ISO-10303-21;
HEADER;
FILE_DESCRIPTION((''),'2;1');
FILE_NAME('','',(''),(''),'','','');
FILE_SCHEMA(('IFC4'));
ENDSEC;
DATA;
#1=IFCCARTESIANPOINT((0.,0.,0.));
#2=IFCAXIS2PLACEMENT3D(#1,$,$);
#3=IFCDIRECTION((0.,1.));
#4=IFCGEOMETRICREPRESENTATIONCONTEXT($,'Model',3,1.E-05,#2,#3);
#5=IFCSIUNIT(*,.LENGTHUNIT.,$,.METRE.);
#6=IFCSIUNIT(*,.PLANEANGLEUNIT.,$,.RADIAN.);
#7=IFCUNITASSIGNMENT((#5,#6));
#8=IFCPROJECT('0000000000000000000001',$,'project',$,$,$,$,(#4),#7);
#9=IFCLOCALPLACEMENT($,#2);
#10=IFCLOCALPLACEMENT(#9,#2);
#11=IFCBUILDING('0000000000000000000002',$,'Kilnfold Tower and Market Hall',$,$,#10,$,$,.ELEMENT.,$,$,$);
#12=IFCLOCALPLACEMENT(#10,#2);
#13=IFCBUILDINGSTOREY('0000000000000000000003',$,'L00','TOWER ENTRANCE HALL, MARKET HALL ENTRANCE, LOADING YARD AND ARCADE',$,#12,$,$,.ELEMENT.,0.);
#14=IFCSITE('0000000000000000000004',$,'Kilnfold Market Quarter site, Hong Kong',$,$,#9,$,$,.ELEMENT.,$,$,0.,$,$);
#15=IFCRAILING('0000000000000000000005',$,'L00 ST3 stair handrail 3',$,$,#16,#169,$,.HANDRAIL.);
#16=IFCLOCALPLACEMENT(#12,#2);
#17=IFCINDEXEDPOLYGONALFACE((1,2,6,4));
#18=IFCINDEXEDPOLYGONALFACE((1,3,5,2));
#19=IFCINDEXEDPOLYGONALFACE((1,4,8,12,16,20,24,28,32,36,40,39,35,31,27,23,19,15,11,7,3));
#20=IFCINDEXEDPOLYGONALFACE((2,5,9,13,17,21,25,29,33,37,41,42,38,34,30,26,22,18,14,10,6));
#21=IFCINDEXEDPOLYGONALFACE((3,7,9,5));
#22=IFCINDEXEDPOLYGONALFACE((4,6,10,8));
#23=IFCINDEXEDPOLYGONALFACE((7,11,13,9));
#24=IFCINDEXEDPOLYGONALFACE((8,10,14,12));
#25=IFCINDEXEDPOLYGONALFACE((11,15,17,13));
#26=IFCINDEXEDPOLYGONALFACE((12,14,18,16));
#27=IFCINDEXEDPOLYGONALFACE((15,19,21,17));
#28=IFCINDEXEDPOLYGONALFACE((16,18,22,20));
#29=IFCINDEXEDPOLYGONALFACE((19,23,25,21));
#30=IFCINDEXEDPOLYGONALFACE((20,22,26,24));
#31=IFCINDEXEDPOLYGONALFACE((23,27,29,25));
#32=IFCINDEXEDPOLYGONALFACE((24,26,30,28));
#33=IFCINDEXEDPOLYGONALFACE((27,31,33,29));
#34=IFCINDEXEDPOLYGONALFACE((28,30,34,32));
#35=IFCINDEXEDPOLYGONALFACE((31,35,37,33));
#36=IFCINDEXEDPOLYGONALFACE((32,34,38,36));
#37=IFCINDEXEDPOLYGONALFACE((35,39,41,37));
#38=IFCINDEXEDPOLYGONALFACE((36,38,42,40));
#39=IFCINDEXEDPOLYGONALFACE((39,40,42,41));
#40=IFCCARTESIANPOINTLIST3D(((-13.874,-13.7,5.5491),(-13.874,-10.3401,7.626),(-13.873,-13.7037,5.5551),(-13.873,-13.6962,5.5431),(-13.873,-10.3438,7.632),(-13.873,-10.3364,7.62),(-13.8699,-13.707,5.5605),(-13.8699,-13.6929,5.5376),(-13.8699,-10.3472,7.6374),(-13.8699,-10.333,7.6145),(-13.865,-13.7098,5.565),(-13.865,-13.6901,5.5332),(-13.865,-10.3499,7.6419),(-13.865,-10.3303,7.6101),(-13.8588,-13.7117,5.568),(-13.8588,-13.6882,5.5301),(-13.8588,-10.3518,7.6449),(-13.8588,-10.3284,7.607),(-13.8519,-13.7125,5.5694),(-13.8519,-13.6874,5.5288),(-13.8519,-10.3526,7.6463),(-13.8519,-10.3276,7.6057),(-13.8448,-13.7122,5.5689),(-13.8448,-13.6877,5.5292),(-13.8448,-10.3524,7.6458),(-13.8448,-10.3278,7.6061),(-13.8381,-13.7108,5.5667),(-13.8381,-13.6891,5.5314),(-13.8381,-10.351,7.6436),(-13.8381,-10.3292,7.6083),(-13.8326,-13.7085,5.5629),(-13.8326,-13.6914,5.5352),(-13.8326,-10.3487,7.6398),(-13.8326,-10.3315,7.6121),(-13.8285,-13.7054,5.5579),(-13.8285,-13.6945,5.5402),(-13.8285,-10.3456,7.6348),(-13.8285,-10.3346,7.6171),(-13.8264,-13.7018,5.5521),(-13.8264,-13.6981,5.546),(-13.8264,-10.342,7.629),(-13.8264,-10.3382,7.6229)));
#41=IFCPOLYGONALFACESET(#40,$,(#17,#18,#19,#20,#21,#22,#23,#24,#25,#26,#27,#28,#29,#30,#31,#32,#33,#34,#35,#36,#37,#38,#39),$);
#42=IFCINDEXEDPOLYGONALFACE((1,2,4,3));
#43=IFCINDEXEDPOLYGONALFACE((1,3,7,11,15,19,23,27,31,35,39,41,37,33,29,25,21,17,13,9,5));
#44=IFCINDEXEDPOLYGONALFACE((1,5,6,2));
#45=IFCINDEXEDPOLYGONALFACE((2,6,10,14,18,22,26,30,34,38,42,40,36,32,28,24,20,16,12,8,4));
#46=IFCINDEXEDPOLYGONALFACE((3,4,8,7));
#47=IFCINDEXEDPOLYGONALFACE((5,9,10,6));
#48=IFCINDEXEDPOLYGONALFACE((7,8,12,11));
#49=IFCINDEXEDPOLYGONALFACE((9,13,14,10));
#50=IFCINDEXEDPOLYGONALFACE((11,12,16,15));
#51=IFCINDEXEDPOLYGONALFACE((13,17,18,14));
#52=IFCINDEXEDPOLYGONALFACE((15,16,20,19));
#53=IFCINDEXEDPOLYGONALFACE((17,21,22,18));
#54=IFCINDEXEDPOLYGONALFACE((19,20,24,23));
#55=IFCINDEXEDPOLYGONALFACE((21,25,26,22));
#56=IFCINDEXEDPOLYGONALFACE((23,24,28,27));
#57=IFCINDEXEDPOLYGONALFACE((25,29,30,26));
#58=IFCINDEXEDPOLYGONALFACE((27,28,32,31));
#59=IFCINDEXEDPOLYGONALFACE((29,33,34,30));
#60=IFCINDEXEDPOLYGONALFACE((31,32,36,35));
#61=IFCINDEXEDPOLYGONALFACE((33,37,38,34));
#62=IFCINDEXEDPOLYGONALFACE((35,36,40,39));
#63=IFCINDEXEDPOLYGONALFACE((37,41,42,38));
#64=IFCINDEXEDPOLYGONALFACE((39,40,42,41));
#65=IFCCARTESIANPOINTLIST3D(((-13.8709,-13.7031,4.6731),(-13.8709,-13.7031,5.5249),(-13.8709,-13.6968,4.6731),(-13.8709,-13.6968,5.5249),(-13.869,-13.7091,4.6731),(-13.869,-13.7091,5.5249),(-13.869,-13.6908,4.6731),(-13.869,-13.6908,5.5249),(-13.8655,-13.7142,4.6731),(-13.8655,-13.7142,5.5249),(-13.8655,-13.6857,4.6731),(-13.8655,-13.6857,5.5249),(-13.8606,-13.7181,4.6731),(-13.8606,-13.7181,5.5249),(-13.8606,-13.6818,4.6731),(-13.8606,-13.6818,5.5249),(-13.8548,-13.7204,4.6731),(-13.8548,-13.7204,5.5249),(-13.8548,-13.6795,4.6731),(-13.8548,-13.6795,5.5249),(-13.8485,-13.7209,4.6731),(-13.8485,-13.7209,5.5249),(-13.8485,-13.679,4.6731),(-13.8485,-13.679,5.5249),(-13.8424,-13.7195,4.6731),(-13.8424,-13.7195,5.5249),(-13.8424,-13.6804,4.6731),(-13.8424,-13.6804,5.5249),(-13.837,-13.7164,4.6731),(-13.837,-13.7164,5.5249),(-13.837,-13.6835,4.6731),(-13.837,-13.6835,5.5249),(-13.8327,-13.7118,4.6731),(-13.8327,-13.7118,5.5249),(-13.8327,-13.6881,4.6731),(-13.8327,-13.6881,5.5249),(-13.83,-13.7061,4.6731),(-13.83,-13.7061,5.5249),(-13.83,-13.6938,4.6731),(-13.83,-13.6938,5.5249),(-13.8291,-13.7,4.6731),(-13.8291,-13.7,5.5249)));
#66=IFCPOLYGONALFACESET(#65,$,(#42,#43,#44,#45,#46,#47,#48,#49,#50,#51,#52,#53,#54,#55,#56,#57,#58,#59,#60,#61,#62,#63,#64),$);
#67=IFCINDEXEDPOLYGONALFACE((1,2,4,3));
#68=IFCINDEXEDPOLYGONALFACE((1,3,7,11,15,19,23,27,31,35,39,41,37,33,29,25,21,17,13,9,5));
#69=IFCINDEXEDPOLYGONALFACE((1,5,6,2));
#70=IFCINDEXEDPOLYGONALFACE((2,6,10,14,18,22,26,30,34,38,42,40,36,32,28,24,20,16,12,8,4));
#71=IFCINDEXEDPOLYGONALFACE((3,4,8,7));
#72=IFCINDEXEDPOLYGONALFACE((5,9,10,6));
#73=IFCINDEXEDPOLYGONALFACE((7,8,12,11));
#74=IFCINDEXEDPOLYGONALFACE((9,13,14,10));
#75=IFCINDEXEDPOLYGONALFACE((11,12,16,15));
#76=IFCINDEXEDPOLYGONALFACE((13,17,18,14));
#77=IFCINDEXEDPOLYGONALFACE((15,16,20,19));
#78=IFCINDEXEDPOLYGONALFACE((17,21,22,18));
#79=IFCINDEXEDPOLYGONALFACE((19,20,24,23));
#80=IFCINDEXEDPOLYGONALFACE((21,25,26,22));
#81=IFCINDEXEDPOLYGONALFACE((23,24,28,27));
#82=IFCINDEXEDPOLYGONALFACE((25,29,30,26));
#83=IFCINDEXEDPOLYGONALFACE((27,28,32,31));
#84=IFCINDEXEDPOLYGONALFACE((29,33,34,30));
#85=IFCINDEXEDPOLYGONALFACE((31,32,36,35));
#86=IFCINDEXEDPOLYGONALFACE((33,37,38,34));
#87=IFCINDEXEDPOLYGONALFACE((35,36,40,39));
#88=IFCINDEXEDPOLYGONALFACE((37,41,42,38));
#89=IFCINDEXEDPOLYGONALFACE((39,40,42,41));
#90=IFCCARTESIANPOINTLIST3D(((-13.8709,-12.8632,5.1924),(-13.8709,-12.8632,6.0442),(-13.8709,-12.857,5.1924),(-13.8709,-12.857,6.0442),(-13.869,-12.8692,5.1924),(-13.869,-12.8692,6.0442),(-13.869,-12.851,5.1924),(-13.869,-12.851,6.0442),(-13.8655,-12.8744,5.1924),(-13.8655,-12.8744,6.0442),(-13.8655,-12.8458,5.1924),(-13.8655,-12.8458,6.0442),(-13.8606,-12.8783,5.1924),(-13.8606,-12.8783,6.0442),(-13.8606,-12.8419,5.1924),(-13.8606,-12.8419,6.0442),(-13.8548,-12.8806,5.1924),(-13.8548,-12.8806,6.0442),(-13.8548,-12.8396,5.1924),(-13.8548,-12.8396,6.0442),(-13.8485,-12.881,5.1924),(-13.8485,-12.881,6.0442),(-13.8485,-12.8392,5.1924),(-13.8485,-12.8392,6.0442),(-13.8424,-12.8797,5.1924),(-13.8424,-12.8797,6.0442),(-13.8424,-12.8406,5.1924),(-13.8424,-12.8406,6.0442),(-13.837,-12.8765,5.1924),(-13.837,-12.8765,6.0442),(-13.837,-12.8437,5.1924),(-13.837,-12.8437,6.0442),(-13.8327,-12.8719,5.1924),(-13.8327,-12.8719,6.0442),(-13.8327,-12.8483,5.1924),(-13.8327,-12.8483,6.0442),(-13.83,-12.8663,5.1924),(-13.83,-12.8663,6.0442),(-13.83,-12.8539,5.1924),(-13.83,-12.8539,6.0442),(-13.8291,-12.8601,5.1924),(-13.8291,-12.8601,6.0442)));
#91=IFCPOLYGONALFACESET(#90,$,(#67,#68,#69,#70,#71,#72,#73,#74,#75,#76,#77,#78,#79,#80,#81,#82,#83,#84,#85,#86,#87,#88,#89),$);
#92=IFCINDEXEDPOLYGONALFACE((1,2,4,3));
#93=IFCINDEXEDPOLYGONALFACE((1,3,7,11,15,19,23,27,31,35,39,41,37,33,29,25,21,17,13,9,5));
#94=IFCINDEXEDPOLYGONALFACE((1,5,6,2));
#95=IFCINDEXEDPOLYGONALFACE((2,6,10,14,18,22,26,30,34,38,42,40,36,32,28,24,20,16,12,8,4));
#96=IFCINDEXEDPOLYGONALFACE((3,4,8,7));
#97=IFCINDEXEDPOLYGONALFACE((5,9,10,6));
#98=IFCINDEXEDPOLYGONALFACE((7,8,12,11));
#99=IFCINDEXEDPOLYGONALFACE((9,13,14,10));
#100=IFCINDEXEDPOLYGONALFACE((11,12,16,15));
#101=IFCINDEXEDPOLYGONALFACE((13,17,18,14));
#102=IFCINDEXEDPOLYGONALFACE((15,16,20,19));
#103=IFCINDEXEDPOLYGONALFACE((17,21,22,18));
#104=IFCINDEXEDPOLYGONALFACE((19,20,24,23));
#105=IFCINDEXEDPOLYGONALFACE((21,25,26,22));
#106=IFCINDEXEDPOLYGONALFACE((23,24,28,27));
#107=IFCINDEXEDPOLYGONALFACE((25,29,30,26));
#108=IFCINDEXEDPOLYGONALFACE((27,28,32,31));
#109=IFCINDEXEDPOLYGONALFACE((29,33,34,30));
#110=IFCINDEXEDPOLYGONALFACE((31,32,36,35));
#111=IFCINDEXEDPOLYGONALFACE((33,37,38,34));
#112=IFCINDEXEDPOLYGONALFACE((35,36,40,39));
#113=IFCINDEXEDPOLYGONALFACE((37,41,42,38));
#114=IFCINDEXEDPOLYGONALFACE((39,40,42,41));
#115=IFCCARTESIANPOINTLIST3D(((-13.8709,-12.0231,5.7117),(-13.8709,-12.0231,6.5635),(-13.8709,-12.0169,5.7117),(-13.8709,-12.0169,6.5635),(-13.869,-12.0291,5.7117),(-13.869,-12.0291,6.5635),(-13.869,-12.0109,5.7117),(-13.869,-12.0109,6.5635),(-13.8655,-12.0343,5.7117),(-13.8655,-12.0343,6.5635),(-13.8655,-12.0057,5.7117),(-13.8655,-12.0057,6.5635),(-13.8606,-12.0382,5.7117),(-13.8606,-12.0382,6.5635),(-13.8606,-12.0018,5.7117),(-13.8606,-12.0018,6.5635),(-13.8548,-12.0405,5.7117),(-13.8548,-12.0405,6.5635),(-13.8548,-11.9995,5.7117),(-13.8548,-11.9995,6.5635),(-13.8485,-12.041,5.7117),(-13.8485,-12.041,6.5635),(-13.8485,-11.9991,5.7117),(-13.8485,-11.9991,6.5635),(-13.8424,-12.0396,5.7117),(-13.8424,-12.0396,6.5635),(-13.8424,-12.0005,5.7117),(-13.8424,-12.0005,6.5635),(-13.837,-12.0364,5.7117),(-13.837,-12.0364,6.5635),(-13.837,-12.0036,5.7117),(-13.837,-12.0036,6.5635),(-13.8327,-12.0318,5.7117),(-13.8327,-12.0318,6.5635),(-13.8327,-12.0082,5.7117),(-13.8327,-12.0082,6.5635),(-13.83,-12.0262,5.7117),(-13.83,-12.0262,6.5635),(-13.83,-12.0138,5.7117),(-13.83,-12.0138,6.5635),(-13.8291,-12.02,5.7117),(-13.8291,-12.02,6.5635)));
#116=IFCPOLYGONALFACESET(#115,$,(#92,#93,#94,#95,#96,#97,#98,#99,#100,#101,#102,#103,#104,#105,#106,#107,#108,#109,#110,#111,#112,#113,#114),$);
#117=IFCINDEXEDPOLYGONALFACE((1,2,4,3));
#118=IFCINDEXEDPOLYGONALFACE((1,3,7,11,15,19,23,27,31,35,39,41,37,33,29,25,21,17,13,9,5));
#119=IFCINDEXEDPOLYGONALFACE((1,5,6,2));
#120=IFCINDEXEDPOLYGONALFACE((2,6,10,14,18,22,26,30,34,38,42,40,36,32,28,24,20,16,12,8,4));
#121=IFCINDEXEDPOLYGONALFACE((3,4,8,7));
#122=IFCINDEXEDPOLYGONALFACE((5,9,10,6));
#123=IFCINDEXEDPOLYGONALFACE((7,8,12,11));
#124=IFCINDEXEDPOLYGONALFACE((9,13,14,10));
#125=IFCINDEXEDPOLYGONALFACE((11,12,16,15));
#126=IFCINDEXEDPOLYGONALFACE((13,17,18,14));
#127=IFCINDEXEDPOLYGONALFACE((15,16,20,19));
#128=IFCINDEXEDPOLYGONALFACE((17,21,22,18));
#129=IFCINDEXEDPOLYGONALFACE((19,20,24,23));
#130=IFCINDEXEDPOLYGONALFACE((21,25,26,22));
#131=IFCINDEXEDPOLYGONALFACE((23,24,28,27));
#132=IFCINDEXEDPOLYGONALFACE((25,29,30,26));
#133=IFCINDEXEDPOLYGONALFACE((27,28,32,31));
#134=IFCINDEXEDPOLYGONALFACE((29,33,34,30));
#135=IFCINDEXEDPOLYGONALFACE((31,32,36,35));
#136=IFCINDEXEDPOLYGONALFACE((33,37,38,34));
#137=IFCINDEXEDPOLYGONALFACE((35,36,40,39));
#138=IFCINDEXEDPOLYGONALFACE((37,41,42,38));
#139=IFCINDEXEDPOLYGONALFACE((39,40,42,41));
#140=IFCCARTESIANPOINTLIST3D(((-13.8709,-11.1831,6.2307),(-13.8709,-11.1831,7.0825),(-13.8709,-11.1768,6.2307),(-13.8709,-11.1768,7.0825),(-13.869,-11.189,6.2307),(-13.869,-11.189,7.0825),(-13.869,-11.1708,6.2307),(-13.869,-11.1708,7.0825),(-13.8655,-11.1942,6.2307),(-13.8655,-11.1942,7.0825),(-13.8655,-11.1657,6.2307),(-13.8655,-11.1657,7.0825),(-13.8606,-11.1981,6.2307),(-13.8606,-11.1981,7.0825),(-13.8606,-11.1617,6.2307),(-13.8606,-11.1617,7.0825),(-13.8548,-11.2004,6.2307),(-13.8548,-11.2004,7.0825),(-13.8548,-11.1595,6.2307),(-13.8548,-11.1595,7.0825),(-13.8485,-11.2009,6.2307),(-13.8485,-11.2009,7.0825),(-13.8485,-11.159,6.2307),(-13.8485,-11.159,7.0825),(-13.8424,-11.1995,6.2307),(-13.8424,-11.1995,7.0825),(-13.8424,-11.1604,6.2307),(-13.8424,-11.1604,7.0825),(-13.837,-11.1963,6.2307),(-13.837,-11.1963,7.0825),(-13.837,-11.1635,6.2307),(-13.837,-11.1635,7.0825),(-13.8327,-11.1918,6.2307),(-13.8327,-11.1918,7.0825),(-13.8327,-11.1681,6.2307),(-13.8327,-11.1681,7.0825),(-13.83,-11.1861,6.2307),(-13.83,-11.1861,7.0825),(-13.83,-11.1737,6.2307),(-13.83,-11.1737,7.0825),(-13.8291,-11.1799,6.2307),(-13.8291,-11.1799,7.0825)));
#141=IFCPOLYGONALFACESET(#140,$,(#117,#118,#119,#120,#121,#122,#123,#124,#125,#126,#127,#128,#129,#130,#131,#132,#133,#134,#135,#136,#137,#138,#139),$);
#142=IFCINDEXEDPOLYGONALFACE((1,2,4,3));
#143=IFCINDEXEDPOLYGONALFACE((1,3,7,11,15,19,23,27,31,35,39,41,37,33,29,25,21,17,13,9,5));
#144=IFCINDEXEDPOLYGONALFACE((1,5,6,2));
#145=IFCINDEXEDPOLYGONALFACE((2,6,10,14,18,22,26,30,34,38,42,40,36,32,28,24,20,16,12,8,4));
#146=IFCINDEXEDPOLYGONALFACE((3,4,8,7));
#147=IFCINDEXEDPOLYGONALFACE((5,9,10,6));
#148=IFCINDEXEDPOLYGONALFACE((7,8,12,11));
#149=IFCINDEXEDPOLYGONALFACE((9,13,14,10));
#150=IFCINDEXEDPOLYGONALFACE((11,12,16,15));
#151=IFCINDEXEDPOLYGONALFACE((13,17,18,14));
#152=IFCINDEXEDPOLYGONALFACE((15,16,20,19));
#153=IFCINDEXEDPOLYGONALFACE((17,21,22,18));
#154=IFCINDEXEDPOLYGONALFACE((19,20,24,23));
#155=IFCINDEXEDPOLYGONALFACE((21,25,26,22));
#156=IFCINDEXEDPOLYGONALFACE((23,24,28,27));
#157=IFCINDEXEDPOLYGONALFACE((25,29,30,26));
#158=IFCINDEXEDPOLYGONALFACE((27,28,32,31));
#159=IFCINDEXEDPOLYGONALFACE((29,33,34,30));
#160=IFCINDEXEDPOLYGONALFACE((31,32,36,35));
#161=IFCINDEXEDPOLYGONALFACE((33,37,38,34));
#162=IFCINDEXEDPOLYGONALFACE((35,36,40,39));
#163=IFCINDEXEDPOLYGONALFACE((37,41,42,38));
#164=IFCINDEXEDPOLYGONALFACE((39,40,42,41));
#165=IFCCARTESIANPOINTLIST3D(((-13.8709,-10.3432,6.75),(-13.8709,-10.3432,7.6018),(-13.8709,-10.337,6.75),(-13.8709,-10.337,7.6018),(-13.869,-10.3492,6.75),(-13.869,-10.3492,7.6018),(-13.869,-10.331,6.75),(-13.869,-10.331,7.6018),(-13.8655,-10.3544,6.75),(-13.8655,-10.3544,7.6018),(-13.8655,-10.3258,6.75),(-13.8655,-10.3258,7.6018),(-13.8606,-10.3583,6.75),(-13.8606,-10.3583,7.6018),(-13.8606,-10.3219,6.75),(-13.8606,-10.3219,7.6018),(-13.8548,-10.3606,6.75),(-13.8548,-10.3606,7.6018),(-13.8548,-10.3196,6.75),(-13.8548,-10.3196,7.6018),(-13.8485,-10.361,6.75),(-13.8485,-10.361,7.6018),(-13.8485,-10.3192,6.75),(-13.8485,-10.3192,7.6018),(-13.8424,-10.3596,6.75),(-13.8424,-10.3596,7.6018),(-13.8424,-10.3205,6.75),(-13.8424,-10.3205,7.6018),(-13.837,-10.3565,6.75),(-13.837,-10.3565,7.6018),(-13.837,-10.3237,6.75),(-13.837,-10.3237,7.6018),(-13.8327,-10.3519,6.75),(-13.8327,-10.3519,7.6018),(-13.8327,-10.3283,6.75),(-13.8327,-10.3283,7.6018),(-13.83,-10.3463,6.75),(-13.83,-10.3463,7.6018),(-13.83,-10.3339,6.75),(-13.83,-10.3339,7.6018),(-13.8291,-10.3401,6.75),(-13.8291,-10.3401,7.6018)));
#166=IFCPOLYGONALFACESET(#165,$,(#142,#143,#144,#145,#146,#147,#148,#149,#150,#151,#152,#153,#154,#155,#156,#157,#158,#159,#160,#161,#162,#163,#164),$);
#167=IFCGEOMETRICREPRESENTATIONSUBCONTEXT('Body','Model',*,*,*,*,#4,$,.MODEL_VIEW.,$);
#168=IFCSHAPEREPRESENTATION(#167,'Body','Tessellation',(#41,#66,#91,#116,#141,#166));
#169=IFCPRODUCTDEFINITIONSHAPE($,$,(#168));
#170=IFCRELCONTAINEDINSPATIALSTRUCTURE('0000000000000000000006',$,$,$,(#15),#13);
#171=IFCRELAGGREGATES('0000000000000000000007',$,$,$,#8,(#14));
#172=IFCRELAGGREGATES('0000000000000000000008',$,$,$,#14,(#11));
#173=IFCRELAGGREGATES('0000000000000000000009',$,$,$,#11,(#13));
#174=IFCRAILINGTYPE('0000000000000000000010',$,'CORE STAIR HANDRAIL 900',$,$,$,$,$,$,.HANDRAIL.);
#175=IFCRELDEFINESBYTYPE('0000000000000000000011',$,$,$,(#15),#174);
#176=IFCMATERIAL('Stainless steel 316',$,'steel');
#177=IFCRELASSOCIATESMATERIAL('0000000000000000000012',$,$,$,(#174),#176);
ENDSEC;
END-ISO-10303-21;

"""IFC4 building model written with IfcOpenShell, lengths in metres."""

from ifc_helpers import new_model, si_unit, direction, frame, origin, origin_2d, place, context, subcontext, project, spatial, circle, extrude, material, type_object, element, save


model = new_model("IFC4")

# Units and contexts
model_context = context("Model", 3, precision=1e-05, world=origin(), true_north=direction((0.0, 1.0)))
body_context = subcontext(model_context, "Body", "Model", "MODEL_VIEW")
ifc_project = project(units=[si_unit("LENGTHUNIT", "METRE"), si_unit("PLANEANGLEUNIT", "RADIAN")], contexts=[model_context])

# Site, building, storey
site_placement = place(None, origin())
site = spatial("IfcSite", under=ifc_project, at=site_placement, Name="Kilnfold Market Quarter site, Hong Kong", CompositionType="ELEMENT", RefElevation=0.0)
building_placement = place(site_placement, origin())
building = spatial("IfcBuilding", under=site, at=building_placement, Name="Kilnfold Tower and Market Hall", CompositionType="ELEMENT")
storey_placement = place(building_placement, origin())
storey = spatial("IfcBuildingStorey", under=building, at=storey_placement, Name="L00", Description="TOWER ENTRANCE HALL, MARKET HALL ENTRANCE, LOADING YARD AND ARCADE", CompositionType="ELEMENT", Elevation=0.0)

# Railing
ifc_material_1 = material(Name="Stainless steel 316", Category="steel")
railing_type = type_object("IfcRailingType", Name="CORE STAIR HANDRAIL 900", PredefinedType="HANDRAIL", material=ifc_material_1)
for number, where, name in (
    (1, (-13.8501, -13.7, 4.6731), "L00 ST3 stair handrail 3"),
):
    element("IfcRailing", number, at=place(storey_placement, frame(where)), inside=storey, type_object=railing_type, Name=name, PredefinedType="HANDRAIL", context=body_context, shape_type="SweptSolid", body=[
        extrude(circle(Radius=0.0239, at=origin_2d()), frame((0.0, 0.0, 0.876), z_axis=(0.0, 0.850606, 0.525803), x_axis=(-1.0, 0.0, 0.0)), (0.0, 0.0, 1.0), 3.95),
        extrude(circle(Radius=0.021, at=origin_2d()), origin(), (0.0, 0.0, 1.0), 0.8518),
        extrude(circle(Radius=0.021, at=origin_2d()), frame((0.0, 0.8398, 0.5193)), (0.0, 0.0, 1.0), 0.8518),
        extrude(circle(Radius=0.021, at=origin_2d()), frame((0.0, 1.6799, 1.0386)), (0.0, 0.0, 1.0), 0.8518),
        extrude(circle(Radius=0.021, at=origin_2d()), frame((0.0, 2.52, 1.5576)), (0.0, 0.0, 1.0), 0.8518),
        extrude(circle(Radius=0.021, at=origin_2d()), frame((0.0, 3.3599, 2.0769)), (0.0, 0.0, 1.0), 0.8518),
    ])

save(model, "model.ifc")
